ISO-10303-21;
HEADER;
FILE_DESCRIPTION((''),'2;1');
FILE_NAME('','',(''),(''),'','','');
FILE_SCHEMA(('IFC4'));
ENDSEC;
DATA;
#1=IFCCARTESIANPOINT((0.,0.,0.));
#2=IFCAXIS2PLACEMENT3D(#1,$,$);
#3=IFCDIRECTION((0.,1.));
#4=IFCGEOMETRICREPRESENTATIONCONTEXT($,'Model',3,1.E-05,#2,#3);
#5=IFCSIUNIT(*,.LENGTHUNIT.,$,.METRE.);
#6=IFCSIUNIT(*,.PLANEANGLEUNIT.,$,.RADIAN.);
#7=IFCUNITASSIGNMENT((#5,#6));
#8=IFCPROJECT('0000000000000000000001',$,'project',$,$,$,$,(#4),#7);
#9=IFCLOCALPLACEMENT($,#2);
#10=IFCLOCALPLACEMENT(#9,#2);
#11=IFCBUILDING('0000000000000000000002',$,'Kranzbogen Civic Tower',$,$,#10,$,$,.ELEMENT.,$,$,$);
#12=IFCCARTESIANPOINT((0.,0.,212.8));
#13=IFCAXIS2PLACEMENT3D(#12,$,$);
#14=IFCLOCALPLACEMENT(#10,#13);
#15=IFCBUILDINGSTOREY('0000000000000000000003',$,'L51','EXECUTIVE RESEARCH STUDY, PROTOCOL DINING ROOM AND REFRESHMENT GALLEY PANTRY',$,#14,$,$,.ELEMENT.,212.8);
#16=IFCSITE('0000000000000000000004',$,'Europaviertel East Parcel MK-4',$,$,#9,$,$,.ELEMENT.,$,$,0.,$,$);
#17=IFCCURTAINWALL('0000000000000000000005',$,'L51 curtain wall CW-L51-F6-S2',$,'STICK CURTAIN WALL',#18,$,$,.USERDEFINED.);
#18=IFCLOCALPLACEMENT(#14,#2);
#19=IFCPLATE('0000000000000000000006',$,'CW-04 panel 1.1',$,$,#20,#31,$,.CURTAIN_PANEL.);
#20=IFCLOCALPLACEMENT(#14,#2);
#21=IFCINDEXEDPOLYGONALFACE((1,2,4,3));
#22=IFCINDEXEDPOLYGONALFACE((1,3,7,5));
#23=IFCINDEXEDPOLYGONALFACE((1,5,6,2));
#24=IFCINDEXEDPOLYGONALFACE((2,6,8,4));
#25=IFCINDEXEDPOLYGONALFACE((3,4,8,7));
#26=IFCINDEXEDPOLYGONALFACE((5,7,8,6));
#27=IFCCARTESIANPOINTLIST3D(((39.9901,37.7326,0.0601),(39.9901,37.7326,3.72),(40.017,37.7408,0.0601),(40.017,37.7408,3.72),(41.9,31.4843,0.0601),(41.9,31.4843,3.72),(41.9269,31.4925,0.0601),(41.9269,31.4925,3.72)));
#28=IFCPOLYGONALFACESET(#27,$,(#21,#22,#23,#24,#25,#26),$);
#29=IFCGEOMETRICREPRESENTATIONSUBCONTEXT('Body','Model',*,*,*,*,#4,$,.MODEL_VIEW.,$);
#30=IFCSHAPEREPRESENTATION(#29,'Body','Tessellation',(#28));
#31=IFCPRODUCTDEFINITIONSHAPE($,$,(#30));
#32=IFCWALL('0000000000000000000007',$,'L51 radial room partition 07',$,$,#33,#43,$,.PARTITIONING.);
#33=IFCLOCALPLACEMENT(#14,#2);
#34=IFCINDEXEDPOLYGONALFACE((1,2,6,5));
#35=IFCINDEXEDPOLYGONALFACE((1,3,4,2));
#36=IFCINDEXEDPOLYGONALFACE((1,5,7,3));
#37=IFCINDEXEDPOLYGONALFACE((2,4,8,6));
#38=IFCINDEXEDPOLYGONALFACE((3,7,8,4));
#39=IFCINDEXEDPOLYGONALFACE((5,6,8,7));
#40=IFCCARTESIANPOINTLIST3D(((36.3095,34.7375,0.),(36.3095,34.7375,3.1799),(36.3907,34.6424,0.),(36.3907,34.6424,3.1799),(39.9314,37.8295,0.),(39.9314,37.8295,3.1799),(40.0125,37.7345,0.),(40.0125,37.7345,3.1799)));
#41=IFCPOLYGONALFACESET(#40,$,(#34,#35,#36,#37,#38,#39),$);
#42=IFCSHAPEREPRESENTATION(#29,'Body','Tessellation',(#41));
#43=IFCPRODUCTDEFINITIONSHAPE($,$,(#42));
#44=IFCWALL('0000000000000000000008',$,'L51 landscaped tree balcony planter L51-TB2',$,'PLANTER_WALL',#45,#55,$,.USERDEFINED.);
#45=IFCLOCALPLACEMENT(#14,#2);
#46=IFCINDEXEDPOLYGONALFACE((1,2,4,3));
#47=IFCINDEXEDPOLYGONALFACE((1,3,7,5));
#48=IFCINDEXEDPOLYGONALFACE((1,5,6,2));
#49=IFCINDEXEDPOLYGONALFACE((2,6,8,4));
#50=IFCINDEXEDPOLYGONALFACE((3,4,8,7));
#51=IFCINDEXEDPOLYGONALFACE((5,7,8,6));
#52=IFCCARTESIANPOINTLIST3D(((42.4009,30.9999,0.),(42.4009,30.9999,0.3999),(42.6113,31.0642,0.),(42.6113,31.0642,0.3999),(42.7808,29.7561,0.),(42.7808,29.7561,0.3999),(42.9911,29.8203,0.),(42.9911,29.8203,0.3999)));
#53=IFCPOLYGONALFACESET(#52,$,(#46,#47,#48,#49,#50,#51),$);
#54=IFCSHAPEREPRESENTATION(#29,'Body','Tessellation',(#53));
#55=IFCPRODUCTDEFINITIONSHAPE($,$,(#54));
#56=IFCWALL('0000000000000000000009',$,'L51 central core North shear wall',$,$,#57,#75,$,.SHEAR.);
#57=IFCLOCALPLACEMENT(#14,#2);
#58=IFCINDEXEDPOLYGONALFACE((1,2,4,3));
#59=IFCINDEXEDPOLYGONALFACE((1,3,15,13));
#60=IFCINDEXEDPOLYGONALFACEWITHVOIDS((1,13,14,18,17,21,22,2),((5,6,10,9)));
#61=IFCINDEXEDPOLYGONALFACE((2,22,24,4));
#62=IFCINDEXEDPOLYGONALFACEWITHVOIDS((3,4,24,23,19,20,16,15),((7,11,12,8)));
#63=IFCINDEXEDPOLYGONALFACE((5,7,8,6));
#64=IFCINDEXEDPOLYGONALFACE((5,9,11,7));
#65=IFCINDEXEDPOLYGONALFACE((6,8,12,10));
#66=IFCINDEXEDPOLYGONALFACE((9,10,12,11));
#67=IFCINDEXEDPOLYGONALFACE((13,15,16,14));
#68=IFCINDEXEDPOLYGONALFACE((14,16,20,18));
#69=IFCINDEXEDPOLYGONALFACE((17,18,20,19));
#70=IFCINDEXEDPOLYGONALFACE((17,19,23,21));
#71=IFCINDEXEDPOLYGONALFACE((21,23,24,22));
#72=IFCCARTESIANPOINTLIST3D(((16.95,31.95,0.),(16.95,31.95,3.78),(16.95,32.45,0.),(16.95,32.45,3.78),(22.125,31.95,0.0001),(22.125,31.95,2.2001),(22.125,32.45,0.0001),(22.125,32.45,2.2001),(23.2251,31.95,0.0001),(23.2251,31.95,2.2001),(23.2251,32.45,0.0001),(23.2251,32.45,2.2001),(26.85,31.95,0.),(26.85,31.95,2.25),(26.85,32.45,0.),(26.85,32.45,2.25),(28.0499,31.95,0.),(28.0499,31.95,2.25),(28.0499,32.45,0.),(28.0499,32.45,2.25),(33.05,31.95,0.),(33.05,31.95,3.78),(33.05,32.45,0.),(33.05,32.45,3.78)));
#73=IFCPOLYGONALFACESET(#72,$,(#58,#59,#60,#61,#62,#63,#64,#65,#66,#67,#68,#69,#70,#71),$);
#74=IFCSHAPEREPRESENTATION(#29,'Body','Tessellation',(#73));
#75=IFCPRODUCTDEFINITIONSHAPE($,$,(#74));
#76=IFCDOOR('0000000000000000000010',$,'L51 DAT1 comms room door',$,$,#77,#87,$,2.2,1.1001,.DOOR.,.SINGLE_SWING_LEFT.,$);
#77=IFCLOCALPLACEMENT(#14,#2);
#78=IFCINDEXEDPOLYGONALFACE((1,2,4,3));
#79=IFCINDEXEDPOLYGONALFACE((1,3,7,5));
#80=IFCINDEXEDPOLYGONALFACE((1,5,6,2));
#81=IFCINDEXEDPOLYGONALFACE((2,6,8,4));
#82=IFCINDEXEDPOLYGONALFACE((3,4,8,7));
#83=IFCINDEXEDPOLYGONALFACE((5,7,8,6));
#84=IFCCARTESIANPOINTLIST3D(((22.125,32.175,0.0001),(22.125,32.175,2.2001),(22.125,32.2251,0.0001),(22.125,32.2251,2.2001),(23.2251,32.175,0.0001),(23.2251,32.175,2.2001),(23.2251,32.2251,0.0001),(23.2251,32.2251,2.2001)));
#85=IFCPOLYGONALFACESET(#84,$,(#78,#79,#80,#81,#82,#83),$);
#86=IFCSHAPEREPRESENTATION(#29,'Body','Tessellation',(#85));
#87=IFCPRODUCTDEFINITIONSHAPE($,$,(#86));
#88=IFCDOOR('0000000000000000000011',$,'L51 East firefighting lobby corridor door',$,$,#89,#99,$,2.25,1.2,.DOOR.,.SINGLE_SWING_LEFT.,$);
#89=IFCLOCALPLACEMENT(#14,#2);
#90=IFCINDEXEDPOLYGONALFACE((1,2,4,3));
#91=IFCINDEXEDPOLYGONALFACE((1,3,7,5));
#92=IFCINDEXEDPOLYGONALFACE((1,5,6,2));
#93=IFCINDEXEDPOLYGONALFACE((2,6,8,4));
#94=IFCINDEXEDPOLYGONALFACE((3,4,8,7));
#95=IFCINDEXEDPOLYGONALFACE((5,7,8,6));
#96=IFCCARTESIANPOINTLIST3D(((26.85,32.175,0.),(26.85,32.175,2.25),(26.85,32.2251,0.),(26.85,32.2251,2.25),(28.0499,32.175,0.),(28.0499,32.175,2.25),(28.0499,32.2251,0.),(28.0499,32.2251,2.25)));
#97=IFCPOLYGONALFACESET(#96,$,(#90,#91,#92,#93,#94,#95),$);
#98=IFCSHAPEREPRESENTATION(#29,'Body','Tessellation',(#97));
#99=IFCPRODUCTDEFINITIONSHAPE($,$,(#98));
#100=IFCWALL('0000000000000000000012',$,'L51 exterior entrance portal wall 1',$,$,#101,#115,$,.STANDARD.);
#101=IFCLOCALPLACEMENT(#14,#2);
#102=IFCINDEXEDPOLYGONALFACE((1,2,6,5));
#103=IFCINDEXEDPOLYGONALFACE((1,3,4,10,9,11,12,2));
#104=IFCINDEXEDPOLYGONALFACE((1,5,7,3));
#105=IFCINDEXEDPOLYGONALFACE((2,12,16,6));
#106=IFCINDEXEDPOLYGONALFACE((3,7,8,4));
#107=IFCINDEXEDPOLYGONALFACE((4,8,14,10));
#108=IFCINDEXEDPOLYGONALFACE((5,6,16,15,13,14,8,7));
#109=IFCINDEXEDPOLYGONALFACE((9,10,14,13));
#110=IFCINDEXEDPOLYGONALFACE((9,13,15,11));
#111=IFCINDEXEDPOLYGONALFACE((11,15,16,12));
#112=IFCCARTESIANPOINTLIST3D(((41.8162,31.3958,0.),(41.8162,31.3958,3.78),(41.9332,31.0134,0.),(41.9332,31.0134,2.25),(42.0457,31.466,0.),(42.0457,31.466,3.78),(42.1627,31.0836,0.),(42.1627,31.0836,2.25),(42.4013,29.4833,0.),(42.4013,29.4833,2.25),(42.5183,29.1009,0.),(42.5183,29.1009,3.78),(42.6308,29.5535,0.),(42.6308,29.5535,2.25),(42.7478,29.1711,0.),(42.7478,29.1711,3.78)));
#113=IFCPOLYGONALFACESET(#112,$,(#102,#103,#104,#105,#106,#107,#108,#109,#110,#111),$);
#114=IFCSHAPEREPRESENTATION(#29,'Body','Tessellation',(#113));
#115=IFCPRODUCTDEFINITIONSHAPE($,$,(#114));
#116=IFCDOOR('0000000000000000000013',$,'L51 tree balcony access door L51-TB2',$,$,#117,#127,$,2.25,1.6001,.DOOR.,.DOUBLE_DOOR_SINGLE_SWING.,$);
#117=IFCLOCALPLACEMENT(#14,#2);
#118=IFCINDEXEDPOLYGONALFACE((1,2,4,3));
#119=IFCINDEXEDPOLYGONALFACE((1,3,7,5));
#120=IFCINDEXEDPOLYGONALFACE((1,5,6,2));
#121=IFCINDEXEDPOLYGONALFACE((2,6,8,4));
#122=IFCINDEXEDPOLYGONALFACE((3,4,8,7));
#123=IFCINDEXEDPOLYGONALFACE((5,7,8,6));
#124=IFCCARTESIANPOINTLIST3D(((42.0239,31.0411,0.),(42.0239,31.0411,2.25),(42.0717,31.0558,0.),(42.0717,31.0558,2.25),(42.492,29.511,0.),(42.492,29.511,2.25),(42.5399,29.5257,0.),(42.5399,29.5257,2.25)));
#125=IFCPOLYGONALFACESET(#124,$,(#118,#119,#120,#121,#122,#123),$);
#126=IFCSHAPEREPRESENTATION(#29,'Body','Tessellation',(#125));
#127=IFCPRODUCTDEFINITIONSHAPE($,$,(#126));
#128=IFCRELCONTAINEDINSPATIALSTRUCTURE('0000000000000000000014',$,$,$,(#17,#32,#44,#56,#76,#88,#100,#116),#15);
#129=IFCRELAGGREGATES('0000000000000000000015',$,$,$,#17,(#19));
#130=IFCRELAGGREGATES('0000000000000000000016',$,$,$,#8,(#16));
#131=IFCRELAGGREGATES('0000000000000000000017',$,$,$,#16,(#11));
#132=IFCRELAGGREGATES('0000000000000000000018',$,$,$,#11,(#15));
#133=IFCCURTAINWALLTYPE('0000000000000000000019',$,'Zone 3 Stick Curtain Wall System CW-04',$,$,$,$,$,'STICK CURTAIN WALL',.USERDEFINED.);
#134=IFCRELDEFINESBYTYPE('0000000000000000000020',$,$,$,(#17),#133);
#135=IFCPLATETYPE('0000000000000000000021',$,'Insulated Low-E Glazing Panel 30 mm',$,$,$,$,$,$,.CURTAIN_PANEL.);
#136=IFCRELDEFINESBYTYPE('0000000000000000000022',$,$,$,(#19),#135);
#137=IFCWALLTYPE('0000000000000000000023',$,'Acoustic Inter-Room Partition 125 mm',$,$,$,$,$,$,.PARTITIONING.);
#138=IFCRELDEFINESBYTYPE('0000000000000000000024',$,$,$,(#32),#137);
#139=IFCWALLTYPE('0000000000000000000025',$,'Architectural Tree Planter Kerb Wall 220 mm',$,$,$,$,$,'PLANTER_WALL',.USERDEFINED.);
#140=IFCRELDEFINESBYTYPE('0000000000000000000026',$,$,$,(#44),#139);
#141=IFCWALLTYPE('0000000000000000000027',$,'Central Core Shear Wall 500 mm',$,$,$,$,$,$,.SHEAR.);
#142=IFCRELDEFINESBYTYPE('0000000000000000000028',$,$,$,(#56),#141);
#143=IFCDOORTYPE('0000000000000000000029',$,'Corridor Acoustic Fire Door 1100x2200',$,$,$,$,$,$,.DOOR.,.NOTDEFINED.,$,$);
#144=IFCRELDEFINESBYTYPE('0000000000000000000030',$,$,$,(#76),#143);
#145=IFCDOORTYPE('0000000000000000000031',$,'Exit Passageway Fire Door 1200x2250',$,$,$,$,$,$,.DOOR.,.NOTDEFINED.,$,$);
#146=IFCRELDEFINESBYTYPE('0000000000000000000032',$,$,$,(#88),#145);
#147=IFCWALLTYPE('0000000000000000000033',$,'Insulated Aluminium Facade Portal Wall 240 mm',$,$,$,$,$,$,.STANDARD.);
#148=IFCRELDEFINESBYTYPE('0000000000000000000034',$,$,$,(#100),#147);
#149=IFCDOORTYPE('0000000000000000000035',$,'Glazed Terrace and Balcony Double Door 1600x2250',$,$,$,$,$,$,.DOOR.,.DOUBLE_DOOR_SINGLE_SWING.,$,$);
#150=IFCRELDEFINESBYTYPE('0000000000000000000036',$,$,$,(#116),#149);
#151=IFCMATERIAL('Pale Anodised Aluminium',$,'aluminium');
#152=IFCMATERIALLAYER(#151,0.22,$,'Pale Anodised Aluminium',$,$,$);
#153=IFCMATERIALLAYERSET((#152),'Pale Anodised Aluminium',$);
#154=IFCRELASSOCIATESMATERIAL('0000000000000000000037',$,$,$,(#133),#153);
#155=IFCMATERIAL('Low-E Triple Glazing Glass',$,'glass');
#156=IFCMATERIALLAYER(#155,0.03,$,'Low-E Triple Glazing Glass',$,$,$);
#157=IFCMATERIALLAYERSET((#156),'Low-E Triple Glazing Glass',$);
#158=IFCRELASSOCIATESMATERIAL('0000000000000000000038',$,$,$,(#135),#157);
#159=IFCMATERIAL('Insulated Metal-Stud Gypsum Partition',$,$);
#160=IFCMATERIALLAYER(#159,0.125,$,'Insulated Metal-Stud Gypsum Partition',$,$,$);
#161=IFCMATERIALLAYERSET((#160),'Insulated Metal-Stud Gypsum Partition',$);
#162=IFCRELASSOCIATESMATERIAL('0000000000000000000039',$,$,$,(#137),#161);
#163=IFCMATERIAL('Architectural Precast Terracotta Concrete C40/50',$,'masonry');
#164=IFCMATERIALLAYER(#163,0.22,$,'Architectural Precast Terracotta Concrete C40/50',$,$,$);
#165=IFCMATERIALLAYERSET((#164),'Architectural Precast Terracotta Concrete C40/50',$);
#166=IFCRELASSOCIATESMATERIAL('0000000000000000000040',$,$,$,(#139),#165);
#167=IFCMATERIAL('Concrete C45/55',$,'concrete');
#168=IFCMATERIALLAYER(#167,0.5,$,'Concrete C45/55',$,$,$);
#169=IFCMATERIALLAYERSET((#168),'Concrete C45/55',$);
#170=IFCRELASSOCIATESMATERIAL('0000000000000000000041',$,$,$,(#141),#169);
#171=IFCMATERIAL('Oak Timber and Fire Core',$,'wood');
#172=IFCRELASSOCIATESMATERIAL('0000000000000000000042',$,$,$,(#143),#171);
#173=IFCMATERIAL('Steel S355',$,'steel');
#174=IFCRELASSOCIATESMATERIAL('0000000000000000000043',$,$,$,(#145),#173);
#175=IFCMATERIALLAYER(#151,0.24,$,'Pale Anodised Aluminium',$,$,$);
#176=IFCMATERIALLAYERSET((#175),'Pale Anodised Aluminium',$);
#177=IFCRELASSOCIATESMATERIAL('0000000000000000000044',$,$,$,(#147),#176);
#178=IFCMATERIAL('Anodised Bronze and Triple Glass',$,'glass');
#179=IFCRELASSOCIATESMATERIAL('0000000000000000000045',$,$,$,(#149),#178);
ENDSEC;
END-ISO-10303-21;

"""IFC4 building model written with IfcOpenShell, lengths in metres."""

from ifc_helpers import new_model, si_unit, direction, frame, frame_2d, origin, origin_2d, place, context, subcontext, project, spatial, rectangle, extrude, material, layer, layer_set, type_object, element, fill, aggregate, save


model = new_model("IFC4")

# Units and contexts
model_context = context("Model", 3, precision=1e-05, world=origin(), true_north=direction((0.0, 1.0)))
body_context = subcontext(model_context, "Body", "Model", "MODEL_VIEW")
ifc_project = project(units=[si_unit("LENGTHUNIT", "METRE"), si_unit("PLANEANGLEUNIT", "RADIAN")], contexts=[model_context])

# Site, building, storey
site_placement = place(None, origin())
site = spatial("IfcSite", under=ifc_project, at=site_placement, Name="Europaviertel East Parcel MK-4", CompositionType="ELEMENT", RefElevation=0.0)
building_placement = place(site_placement, origin())
building = spatial("IfcBuilding", under=site, at=building_placement, Name="Kranzbogen Civic Tower", CompositionType="ELEMENT")
storey_placement = place(building_placement, frame((0.0, 0.0, 212.8)))
storey = spatial("IfcBuildingStorey", under=building, at=storey_placement, Name="L51", Description="EXECUTIVE RESEARCH STUDY, PROTOCOL DINING ROOM AND REFRESHMENT GALLEY PANTRY", CompositionType="ELEMENT", Elevation=212.8)

# Shared definitions
ifc_material_1 = material(Name="Steel S355", Category="steel")

# Shared definitions
ifc_material_2 = material(Name="Pale Anodised Aluminium", Category="aluminium")
ifc_layer_1 = layer(ifc_material_2, 0.22, Name="Pale Anodised Aluminium")
ifc_layer_set_1 = layer_set([ifc_layer_1], Name="Pale Anodised Aluminium")
curtain_wall_type = type_object("IfcCurtainWallType", Name="Zone 3 Stick Curtain Wall System CW-04", ElementType="STICK CURTAIN WALL", PredefinedType="USERDEFINED", material=ifc_layer_set_1)

# Curtain wall
curtain_wall_1_placement = place(storey_placement, origin())
curtain_wall_1 = element("IfcCurtainWall", 1, at=curtain_wall_1_placement, inside=storey, type_object=curtain_wall_type, Name="L51 curtain wall CW-L51-F6-S2", ObjectType="STICK CURTAIN WALL", PredefinedType="USERDEFINED")

# Plate
ifc_material_3 = material(Name="Low-E Triple Glazing Glass", Category="glass")
ifc_layer_2 = layer(ifc_material_3, 0.03, Name="Low-E Triple Glazing Glass")
ifc_layer_set_2 = layer_set([ifc_layer_2], Name="Low-E Triple Glazing Glass")
plate_type = type_object("IfcPlateType", Name="Insulated Low-E Glazing Panel 30 mm", PredefinedType="CURTAIN_PANEL", material=ifc_layer_set_2)
plate_1_placement = place(storey_placement, frame((40.9585, 34.6125, 0.0601), z_axis=(0.0, 0.0, 1.0), x_axis=(-0.292322, 0.95632, 0.0)))
plate_1 = element("IfcPlate", 2, at=plate_1_placement, type_object=plate_type, Name="CW-04 panel 1.1", PredefinedType="CURTAIN_PANEL", context=body_context, shape_type="SweptSolid", body=[
    extrude(rectangle(XDim=6.5337, YDim=0.0281, at=origin_2d()), origin(), (0.0, 0.0, 1.0), 3.6599),
])
aggregate(curtain_wall_1, [plate_1])

# Walls
ifc_material_4 = material(Name="Insulated Metal-Stud Gypsum Partition")
ifc_layer_3 = layer(ifc_material_4, 0.125, Name="Insulated Metal-Stud Gypsum Partition")
ifc_layer_set_3 = layer_set([ifc_layer_3], Name="Insulated Metal-Stud Gypsum Partition")
wall_type_1 = type_object("IfcWallType", Name="Acoustic Inter-Room Partition 125 mm", PredefinedType="PARTITIONING", material=ifc_layer_set_3)
wall_1_placement = place(storey_placement, frame((36.3501, 34.6899, 0.0), z_axis=(0.0, 0.0, 1.0), x_axis=(0.76054, 0.649291, 0.0)))
element("IfcWall", 3, at=wall_1_placement, inside=storey, type_object=wall_type_1, Name="L51 radial room partition 07", PredefinedType="PARTITIONING", context=body_context, shape_type="SweptSolid", body=[
    extrude(rectangle(XDim=4.7622, YDim=0.125, at=frame_2d((2.3811, 0.0))), origin(), (0.0, 0.0, 1.0), 3.1799),
])
ifc_material_5 = material(Name="Architectural Precast Terracotta Concrete C40/50", Category="masonry")
ifc_layer_4 = layer(ifc_material_5, 0.22, Name="Architectural Precast Terracotta Concrete C40/50")
ifc_layer_set_4 = layer_set([ifc_layer_4], Name="Architectural Precast Terracotta Concrete C40/50")
wall_type_2 = type_object("IfcWallType", Name="Architectural Tree Planter Kerb Wall 220 mm", ElementType="PLANTER_WALL", PredefinedType="USERDEFINED", material=ifc_layer_set_4)
wall_2_placement = place(storey_placement, frame((42.886, 29.7881, 0.0), z_axis=(0.0, 0.0, 1.0), x_axis=(-0.29208, 0.956394, 0.0)))
element("IfcWall", 4, at=wall_2_placement, inside=storey, type_object=wall_type_2, Name="L51 landscaped tree balcony planter L51-TB2", ObjectType="PLANTER_WALL", PredefinedType="USERDEFINED", context=body_context, shape_type="SweptSolid", body=[
    extrude(rectangle(XDim=1.3005, YDim=0.22, at=frame_2d((0.6504, 0.0))), origin(), (0.0, 0.0, 1.0), 0.3999),
])

# Wall, openings, doors
ifc_material_6 = material(Name="Concrete C45/55", Category="concrete")
ifc_layer_5 = layer(ifc_material_6, 0.5, Name="Concrete C45/55")
ifc_layer_set_5 = layer_set([ifc_layer_5], Name="Concrete C45/55")
wall_type_3 = type_object("IfcWallType", Name="Central Core Shear Wall 500 mm", PredefinedType="SHEAR", material=ifc_layer_set_5)
wall_3_placement = place(storey_placement, frame((33.05, 32.2, 0.0), z_axis=(0.0, 0.0, 1.0), x_axis=(-1.0, 0.0, 0.0)))
wall_3 = element("IfcWall", 5, at=wall_3_placement, inside=storey, type_object=wall_type_3, Name="L51 central core North shear wall", PredefinedType="SHEAR", context=body_context, shape_type="SweptSolid", body=[
    extrude(rectangle(XDim=16.1001, YDim=0.5, at=frame_2d((8.05, 0.0))), origin(), (0.0, 0.0, 1.0), 3.78),
])
opening_1_placement = place(wall_3_placement, frame((5.0, 0.0, 0.0)))
opening_1 = element("IfcOpeningElement", 6, at=opening_1_placement, cuts=wall_3, PredefinedType="OPENING", context=body_context, shape_type="SweptSolid", body=[
    extrude(rectangle(XDim=1.2, YDim=2.25, at=frame_2d((0.6001, 1.125))), frame((0.0, 0.26, 0.0), z_axis=(0.0, -1.0, 0.0), x_axis=(1.0, 0.0, 0.0)), (0.0, 0.0, 1.0), 0.52),
])
opening_2_placement = place(wall_3_placement, frame((9.825, 0.0, 0.0)))
opening_2 = element("IfcOpeningElement", 7, at=opening_2_placement, cuts=wall_3, PredefinedType="OPENING", context=body_context, shape_type="SweptSolid", body=[
    extrude(rectangle(XDim=1.1001, YDim=2.2, at=frame_2d((0.55, 1.1001))), frame((0.0, 0.26, 0.0), z_axis=(0.0, -1.0, 0.0), x_axis=(1.0, 0.0, 0.0)), (0.0, 0.0, 1.0), 0.52),
])
ifc_material_7 = material(Name="Oak Timber and Fire Core", Category="wood")
door_type_1 = type_object("IfcDoorType", Name="Corridor Acoustic Fire Door 1100x2200", OperationType="NOTDEFINED", PredefinedType="DOOR", material=ifc_material_7)
door_1_placement = place(opening_2_placement, origin())
door_1 = element("IfcDoor", 8, at=door_1_placement, inside=storey, type_object=door_type_1, Name="L51 DAT1 comms room door", OperationType="SINGLE_SWING_LEFT", OverallHeight=2.2, OverallWidth=1.1001, PredefinedType="DOOR", context=body_context, shape_type="SweptSolid", body=[
    extrude(rectangle(XDim=1.1001, YDim=2.2, at=frame_2d((0.55, 1.1001))), frame((0.0, 0.0249, 0.0), z_axis=(0.0, -1.0, 0.0), x_axis=(1.0, 0.0, 0.0)), (0.0, 0.0, 1.0), 0.05),
])
fill(opening_2, door_1)
door_type_2 = type_object("IfcDoorType", Name="Exit Passageway Fire Door 1200x2250", OperationType="NOTDEFINED", PredefinedType="DOOR", material=ifc_material_1)
door_2_placement = place(opening_1_placement, origin())
door_2 = element("IfcDoor", 9, at=door_2_placement, inside=storey, type_object=door_type_2, Name="L51 East firefighting lobby corridor door", OperationType="SINGLE_SWING_LEFT", OverallHeight=2.25, OverallWidth=1.2, PredefinedType="DOOR", context=body_context, shape_type="SweptSolid", body=[
    extrude(rectangle(XDim=1.2, YDim=2.25, at=frame_2d((0.6001, 1.125))), frame((0.0, 0.0249, 0.0), z_axis=(0.0, -1.0, 0.0), x_axis=(1.0, 0.0, 0.0)), (0.0, 0.0, 1.0), 0.05),
])
fill(opening_1, door_2)

# Wall, opening, door
ifc_layer_6 = layer(ifc_material_2, 0.24, Name="Pale Anodised Aluminium")
ifc_layer_set_6 = layer_set([ifc_layer_6], Name="Pale Anodised Aluminium")
wall_type_4 = type_object("IfcWallType", Name="Insulated Aluminium Facade Portal Wall 240 mm", PredefinedType="STANDARD", material=ifc_layer_set_6)
wall_4_placement = place(storey_placement, frame((42.6331, 29.136, 0.0), z_axis=(0.0, 0.0, 1.0), x_axis=(-0.29257, 0.956244, 0.0)))
wall_4 = element("IfcWall", 10, at=wall_4_placement, inside=storey, type_object=wall_type_4, Name="L51 exterior entrance portal wall 1", PredefinedType="STANDARD", context=body_context, shape_type="SweptSolid", body=[
    extrude(rectangle(XDim=2.3999, YDim=0.24, at=frame_2d((1.2, 0.0))), origin(), (0.0, 0.0, 1.0), 3.78),
])
opening_3_placement = place(wall_4_placement, frame((0.3999, 0.0, 0.0)))
opening_3 = element("IfcOpeningElement", 11, at=opening_3_placement, cuts=wall_4, PredefinedType="OPENING", context=body_context, shape_type="SweptSolid", body=[
    extrude(rectangle(XDim=1.6001, YDim=2.25, at=frame_2d((0.8, 1.125))), frame((0.0, 0.1299, 0.0), z_axis=(0.0, -1.0, 0.0), x_axis=(1.0, 0.0, 0.0)), (0.0, 0.0, 1.0), 0.26),
])
ifc_material_8 = material(Name="Anodised Bronze and Triple Glass", Category="glass")
door_type_3 = type_object("IfcDoorType", Name="Glazed Terrace and Balcony Double Door 1600x2250", OperationType="DOUBLE_DOOR_SINGLE_SWING", PredefinedType="DOOR", material=ifc_material_8)
door_3_placement = place(opening_3_placement, frame((1.6001, 0.0, 0.0), z_axis=(0.0, 0.0, 1.0), x_axis=(-1.0, 0.0, 0.0)))
door_3 = element("IfcDoor", 12, at=door_3_placement, inside=storey, type_object=door_type_3, Name="L51 tree balcony access door L51-TB2", OperationType="DOUBLE_DOOR_SINGLE_SWING", OverallHeight=2.25, OverallWidth=1.6001, PredefinedType="DOOR", context=body_context, shape_type="SweptSolid", body=[
    extrude(rectangle(XDim=1.6001, YDim=2.25, at=frame_2d((0.8, 1.125))), frame((0.0, 0.0249, 0.0), z_axis=(0.0, -1.0, 0.0), x_axis=(1.0, 0.0, 0.0)), (0.0, 0.0, 1.0), 0.05),
])
fill(opening_3, door_3)

save(model, "model.ifc")
